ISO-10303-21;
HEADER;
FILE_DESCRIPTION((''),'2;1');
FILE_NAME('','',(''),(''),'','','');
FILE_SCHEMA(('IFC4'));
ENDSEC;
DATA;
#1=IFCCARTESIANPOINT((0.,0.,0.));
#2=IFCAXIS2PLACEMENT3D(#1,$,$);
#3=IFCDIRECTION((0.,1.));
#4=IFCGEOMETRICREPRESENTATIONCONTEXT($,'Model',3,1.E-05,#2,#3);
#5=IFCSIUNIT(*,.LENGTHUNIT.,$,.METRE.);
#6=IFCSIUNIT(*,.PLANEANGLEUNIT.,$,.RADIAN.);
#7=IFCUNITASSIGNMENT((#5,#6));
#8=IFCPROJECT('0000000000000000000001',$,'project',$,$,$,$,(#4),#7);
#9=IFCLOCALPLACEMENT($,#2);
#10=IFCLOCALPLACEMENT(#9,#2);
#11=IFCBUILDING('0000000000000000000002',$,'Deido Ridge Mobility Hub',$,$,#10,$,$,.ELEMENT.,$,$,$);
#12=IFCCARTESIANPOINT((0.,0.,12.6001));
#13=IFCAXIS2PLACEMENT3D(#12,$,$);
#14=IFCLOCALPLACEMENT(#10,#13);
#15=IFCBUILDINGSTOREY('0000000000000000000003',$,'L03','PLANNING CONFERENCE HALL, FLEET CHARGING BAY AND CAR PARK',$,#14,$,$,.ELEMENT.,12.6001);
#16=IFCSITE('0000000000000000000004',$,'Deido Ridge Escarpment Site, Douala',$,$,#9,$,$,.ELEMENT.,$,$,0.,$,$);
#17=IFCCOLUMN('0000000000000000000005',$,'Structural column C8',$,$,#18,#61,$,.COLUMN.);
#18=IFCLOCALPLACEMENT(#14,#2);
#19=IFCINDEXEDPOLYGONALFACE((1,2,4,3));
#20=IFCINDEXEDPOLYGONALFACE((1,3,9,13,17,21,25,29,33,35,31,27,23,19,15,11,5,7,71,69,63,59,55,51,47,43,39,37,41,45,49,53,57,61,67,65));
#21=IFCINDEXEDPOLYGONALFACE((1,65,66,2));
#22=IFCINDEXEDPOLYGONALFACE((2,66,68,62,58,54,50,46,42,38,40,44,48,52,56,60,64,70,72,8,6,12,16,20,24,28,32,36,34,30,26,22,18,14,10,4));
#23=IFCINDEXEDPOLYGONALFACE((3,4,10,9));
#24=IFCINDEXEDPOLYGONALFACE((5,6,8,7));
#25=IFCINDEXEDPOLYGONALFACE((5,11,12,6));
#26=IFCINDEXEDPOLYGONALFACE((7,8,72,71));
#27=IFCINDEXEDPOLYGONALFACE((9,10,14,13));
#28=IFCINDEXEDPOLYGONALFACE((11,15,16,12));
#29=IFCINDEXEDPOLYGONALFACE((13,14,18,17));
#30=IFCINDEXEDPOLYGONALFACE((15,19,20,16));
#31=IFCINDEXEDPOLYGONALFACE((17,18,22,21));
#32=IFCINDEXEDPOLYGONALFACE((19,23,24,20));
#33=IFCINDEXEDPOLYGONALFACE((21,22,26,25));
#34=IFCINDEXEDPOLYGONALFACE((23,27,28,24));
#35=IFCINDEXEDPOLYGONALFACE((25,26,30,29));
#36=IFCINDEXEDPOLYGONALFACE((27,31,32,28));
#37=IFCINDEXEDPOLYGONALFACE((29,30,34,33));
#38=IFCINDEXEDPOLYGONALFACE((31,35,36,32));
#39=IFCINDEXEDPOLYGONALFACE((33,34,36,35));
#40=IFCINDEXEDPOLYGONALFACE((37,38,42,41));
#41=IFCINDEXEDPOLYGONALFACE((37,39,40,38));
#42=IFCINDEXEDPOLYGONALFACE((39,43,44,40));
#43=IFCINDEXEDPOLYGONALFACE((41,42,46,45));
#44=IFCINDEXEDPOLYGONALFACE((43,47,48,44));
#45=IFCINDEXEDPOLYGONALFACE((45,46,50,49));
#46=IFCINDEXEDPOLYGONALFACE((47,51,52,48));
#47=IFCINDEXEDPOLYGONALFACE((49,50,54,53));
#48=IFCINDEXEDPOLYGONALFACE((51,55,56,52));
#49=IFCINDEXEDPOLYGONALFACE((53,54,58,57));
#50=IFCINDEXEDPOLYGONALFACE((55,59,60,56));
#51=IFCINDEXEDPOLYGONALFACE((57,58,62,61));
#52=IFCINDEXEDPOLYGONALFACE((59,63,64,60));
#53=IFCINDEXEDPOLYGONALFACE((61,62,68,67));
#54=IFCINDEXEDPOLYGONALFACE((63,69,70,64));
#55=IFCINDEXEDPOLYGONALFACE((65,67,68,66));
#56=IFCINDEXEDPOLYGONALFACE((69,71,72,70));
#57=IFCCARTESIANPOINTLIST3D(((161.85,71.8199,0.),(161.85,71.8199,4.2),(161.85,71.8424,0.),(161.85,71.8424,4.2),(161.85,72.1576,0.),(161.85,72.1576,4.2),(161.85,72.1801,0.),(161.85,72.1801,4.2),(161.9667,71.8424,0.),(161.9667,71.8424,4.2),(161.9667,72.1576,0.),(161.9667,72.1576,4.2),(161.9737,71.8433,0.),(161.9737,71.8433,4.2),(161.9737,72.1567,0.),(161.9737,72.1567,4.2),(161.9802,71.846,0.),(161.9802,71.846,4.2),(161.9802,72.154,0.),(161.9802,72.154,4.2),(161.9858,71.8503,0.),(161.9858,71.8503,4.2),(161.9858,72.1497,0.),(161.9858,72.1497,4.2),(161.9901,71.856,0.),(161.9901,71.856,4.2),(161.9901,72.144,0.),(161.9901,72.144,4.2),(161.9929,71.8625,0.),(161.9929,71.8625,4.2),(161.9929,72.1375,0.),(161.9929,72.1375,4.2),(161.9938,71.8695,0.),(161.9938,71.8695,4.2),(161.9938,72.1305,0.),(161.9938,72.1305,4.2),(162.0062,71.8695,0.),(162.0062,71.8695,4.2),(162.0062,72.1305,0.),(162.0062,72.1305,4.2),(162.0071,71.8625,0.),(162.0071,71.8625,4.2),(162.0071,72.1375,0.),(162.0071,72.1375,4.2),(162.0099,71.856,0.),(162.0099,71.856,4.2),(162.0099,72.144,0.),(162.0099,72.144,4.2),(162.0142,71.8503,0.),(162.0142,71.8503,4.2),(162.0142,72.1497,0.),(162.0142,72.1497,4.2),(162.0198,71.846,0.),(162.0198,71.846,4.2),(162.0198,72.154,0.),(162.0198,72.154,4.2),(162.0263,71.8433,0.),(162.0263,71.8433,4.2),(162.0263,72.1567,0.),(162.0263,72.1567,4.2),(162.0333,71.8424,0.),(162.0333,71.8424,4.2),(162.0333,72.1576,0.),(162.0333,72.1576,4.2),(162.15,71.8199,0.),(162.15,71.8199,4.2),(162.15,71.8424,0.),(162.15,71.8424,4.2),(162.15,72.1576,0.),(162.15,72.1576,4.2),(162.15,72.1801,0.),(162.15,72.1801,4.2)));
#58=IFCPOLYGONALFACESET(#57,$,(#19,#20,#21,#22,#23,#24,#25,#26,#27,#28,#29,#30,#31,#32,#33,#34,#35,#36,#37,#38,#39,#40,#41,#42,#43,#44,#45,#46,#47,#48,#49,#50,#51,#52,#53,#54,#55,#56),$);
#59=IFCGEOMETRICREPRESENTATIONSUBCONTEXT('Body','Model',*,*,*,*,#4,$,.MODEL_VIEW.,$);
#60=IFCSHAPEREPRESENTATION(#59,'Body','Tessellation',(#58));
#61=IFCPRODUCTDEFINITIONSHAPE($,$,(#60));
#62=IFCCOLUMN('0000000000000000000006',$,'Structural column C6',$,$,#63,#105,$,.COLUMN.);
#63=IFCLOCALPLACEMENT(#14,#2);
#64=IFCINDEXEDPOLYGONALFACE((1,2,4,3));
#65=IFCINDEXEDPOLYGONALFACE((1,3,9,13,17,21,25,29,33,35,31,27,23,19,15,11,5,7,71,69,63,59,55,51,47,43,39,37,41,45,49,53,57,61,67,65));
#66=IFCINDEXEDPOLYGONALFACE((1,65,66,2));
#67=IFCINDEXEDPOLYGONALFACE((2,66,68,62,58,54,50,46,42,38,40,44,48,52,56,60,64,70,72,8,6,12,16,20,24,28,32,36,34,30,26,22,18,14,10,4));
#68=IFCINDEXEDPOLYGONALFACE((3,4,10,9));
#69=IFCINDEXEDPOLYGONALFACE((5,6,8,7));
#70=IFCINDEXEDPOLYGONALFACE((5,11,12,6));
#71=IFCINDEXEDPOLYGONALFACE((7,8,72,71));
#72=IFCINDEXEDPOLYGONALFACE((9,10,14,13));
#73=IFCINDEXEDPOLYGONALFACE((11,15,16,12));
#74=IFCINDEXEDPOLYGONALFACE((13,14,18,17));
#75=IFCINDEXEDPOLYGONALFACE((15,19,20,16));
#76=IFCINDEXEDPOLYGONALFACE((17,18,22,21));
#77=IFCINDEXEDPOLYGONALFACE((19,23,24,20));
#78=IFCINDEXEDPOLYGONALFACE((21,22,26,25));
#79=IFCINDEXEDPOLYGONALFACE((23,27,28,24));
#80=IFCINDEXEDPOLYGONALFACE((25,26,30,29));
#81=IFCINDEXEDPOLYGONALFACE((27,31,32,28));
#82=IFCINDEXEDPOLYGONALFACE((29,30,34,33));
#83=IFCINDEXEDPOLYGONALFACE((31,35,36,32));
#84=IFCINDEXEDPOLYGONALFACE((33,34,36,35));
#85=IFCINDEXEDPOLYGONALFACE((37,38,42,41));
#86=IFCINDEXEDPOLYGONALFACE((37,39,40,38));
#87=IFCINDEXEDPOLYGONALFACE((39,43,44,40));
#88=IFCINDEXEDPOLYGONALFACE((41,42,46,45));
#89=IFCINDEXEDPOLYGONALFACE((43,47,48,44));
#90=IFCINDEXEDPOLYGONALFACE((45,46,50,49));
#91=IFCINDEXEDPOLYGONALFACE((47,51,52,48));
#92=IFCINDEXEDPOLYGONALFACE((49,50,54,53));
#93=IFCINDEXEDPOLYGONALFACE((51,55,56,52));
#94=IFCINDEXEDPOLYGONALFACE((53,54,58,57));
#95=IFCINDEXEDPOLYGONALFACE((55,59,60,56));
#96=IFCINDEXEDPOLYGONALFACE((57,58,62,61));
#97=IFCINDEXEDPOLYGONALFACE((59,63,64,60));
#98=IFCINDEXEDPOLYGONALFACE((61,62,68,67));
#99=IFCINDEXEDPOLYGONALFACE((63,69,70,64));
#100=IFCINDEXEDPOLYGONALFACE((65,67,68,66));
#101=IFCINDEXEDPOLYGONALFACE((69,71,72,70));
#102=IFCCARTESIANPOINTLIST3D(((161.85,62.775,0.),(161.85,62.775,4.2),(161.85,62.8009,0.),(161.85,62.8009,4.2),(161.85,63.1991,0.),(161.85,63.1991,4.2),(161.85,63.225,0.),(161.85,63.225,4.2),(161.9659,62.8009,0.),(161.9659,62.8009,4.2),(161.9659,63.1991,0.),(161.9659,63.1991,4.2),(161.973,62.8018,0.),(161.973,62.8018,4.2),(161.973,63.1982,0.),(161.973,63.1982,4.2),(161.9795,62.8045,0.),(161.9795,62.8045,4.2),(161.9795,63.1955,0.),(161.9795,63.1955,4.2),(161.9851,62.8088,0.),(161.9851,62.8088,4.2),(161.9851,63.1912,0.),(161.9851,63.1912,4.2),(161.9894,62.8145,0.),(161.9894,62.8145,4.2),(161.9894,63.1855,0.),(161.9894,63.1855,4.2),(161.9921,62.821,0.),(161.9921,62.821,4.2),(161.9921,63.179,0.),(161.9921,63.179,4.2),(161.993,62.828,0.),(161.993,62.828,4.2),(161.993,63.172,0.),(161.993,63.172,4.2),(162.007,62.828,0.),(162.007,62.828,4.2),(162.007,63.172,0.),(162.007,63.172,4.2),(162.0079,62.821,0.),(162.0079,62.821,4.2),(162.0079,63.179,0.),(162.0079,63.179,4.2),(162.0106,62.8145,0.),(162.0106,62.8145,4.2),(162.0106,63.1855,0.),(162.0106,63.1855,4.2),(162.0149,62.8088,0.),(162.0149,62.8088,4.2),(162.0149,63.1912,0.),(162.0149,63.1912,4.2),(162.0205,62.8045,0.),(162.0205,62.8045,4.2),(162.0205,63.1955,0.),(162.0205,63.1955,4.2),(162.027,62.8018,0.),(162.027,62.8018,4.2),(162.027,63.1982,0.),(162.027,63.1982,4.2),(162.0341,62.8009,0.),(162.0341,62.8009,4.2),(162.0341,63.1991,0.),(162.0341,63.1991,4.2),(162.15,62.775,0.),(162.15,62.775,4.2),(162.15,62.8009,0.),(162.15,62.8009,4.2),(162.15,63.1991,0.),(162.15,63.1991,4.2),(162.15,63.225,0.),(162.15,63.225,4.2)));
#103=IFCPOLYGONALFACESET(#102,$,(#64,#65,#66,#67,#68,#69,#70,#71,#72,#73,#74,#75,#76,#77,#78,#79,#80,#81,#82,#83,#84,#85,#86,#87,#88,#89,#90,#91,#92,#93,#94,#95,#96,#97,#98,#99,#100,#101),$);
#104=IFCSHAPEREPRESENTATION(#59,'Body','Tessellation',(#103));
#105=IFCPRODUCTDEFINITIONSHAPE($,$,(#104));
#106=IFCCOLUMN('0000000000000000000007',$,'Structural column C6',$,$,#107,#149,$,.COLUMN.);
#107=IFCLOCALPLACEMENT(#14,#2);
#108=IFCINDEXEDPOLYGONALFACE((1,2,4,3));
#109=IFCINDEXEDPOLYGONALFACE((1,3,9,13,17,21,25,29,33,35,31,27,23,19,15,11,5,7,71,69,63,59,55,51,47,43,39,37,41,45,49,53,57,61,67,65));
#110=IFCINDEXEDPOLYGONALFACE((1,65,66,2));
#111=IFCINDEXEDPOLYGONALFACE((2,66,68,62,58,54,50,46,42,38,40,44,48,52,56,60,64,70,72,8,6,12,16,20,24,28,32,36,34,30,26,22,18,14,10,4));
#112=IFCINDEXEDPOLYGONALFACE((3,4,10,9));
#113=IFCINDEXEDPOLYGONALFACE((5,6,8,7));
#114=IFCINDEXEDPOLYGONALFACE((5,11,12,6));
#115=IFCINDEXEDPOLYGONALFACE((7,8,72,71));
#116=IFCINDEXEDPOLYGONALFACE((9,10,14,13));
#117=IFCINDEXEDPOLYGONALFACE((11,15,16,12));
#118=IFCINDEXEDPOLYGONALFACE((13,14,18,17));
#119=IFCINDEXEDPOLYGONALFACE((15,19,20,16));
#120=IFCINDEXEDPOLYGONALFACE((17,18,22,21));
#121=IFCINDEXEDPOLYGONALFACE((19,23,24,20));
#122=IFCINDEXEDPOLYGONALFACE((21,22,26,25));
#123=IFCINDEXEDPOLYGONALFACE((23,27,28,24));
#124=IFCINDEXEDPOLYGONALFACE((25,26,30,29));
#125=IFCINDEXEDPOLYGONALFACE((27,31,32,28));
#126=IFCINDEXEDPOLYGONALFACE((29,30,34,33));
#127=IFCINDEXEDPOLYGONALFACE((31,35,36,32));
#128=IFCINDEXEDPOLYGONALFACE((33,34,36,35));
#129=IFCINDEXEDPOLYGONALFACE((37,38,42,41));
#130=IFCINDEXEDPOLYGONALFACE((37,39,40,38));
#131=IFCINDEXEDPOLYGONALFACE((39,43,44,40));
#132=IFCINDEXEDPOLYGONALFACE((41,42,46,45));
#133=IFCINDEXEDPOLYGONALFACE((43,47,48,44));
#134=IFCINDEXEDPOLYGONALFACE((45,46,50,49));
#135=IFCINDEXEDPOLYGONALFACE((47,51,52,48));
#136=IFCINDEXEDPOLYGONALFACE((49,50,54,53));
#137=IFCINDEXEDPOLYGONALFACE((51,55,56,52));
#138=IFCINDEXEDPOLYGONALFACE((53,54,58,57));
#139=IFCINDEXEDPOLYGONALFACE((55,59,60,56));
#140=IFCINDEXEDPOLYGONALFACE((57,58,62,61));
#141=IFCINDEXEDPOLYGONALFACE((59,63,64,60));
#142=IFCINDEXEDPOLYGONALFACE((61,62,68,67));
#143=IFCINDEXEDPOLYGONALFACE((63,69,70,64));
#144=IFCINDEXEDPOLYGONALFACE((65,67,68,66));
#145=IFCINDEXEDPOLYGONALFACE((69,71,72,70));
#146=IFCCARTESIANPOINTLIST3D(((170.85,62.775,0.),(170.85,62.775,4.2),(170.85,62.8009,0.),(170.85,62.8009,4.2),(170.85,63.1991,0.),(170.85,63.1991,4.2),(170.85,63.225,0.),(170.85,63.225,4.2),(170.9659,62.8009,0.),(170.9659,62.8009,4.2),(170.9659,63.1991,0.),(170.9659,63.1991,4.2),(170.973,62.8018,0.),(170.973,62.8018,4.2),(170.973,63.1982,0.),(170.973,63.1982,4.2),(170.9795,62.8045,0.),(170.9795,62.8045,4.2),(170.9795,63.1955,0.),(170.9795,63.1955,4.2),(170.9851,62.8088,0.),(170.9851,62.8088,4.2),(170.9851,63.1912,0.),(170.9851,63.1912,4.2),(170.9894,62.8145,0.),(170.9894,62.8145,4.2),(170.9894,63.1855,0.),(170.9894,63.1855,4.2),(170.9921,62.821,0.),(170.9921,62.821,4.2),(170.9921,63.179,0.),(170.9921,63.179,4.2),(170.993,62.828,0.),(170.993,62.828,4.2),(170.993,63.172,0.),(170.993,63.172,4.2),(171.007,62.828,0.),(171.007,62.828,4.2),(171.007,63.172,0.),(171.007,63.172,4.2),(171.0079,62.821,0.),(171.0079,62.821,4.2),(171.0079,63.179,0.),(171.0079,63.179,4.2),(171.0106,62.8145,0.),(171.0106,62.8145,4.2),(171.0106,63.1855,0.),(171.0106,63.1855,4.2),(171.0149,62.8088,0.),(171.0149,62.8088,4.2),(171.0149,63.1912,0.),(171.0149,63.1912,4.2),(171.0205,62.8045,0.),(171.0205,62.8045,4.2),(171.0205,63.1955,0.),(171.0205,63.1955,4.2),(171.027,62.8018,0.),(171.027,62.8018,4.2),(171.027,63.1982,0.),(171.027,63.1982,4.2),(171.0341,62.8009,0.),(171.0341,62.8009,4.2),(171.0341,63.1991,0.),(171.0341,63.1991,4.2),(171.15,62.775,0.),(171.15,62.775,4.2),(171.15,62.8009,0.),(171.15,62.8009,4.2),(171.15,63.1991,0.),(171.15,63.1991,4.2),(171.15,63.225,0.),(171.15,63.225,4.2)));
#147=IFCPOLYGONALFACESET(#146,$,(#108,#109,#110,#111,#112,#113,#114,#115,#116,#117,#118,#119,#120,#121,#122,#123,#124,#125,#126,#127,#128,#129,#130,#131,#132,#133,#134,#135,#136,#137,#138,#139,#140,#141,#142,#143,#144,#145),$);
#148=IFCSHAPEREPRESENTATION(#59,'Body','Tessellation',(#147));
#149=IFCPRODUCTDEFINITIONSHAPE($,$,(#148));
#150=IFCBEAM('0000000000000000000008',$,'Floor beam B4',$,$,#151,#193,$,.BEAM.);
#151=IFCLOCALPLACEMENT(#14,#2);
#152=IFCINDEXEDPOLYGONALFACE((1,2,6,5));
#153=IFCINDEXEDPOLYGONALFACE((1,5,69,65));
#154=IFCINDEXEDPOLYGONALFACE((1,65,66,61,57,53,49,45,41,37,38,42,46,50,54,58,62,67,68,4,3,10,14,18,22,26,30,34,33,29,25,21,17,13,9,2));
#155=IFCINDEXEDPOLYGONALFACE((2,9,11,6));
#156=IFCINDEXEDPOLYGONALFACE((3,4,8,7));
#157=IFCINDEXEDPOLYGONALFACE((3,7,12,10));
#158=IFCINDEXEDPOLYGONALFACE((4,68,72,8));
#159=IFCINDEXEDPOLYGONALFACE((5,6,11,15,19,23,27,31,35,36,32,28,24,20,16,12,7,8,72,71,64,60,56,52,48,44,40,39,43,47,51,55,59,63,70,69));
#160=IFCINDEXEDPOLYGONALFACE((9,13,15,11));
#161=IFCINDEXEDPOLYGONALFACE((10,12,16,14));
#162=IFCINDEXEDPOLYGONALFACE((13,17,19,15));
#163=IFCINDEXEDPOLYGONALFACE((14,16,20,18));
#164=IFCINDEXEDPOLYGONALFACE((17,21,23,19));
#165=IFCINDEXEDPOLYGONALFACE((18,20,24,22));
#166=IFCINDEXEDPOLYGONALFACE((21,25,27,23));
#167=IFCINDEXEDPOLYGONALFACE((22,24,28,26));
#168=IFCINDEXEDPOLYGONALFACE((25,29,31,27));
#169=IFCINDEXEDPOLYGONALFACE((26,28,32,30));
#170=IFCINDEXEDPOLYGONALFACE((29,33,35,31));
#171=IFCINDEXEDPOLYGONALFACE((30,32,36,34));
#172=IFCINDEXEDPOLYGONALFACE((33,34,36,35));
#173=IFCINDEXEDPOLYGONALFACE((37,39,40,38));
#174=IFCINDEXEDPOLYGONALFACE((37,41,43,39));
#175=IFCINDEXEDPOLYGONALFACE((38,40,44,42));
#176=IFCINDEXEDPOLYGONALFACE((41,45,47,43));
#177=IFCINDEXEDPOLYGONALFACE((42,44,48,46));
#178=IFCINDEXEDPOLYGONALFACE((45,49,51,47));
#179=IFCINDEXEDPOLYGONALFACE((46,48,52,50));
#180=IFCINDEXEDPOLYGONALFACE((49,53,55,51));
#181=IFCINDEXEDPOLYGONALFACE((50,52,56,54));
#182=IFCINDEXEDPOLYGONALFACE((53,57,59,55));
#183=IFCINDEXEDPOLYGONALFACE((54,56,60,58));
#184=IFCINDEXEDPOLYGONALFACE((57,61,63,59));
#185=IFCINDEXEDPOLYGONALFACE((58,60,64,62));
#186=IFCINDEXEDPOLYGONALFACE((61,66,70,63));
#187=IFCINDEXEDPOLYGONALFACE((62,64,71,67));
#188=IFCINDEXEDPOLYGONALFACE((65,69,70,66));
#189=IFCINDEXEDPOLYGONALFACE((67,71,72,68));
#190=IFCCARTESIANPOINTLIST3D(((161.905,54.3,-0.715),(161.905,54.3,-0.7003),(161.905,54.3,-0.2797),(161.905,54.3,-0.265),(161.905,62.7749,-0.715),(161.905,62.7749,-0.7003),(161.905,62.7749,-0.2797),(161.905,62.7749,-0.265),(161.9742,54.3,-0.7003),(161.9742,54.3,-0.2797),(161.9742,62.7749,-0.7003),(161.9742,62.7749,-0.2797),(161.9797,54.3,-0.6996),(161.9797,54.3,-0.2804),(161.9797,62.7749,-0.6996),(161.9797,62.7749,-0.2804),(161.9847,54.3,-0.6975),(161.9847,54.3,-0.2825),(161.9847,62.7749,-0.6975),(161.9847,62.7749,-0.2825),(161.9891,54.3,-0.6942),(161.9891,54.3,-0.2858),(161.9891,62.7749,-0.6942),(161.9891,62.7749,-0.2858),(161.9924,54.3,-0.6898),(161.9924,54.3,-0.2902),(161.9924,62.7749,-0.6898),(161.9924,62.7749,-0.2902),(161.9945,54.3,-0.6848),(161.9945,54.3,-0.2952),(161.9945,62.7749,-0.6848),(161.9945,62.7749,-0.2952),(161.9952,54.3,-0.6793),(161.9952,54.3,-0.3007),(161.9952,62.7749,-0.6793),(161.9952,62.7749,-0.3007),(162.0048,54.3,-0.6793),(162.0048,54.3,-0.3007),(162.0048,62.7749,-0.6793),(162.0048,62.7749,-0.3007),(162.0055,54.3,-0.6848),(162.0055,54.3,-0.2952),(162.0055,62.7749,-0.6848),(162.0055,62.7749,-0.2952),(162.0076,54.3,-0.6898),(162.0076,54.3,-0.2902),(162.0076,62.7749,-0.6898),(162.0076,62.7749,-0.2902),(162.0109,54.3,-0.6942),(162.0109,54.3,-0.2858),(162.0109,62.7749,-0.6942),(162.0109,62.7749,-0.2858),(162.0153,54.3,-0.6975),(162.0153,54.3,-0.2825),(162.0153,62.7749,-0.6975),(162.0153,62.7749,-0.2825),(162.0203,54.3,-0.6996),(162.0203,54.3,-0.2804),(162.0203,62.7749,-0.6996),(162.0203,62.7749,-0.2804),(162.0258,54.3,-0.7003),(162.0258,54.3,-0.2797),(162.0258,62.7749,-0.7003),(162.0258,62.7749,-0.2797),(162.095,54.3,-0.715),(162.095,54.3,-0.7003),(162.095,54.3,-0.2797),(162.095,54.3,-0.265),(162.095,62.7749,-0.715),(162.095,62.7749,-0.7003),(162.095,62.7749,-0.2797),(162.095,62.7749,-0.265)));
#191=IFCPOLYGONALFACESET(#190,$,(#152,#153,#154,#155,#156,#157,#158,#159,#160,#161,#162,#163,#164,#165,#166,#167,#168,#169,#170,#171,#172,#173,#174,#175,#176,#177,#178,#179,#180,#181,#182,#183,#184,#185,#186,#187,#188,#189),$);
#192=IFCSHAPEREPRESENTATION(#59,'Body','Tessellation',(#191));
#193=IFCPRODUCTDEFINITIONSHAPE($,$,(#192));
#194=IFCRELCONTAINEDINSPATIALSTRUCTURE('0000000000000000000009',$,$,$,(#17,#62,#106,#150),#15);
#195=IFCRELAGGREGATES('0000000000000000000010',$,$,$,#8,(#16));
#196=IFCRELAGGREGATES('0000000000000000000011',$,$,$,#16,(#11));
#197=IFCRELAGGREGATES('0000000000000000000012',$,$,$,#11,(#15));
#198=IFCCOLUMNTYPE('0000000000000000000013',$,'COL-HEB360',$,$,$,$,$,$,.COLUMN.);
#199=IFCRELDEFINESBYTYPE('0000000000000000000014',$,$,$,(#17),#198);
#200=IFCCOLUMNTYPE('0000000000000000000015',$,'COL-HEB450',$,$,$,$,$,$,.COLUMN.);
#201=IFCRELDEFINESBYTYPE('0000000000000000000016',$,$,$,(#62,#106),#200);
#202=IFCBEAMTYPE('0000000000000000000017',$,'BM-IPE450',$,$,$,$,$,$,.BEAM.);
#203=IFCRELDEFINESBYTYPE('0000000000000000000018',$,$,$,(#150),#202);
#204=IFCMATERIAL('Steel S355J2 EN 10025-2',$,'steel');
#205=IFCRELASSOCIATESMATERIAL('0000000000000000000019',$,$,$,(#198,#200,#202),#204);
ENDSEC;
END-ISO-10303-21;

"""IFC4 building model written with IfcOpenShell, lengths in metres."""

from ifc_helpers import new_model, si_unit, direction, frame, origin, origin_2d, place, context, subcontext, project, spatial, i_section, extrude, material, material_profile, profile_set, type_object, element, save


model = new_model("IFC4")

# Units and contexts
model_context = context("Model", 3, precision=1e-05, world=origin(), true_north=direction((0.0, 1.0)))
body_context = subcontext(model_context, "Body", "Model", "MODEL_VIEW")
ifc_project = project(units=[si_unit("LENGTHUNIT", "METRE"), si_unit("PLANEANGLEUNIT", "RADIAN")], contexts=[model_context])

# Site, building, storey
site_placement = place(None, origin())
site = spatial("IfcSite", under=ifc_project, at=site_placement, Name="Deido Ridge Escarpment Site, Douala", CompositionType="ELEMENT", RefElevation=0.0)
building_placement = place(site_placement, origin())
building = spatial("IfcBuilding", under=site, at=building_placement, Name="Deido Ridge Mobility Hub", CompositionType="ELEMENT")
storey_placement = place(building_placement, frame((0.0, 0.0, 12.6001)))
storey = spatial("IfcBuildingStorey", under=building, at=storey_placement, Name="L03", Description="PLANNING CONFERENCE HALL, FLEET CHARGING BAY AND CAR PARK", CompositionType="ELEMENT", Elevation=12.6001)

# Columns
ifc_material_1 = material(Name="Steel S355J2 EN 10025-2", Category="steel")
ifc_material_profile_1 = material_profile(ifc_material_1, i_section(OverallWidth=0.3, OverallDepth=0.3601, WebThickness=0.0125, FlangeThickness=0.0225, FilletRadius=0.0271, at=origin_2d()), Name="HEB 360")
ifc_profile_set_1 = profile_set([ifc_material_profile_1], Name="Steel S355J2 EN 10025-2")
column_type_1 = type_object("IfcColumnType", Name="COL-HEB360", PredefinedType="COLUMN", material=ifc_profile_set_1)
column_placement = place(storey_placement, frame((162.0, 72.0, 0.0), z_axis=(0.0, 0.0, 1.0), x_axis=(1.0, 0.0, 0.0)))
element("IfcColumn", 1, at=column_placement, inside=storey, type_object=column_type_1, Name="Structural column C8", PredefinedType="COLUMN", context=body_context, shape_type="SweptSolid", body=[
    extrude(i_section(OverallWidth=0.3, OverallDepth=0.3601, WebThickness=0.0125, FlangeThickness=0.0225, FilletRadius=0.0271, at=origin_2d()), origin(), (0.0, 0.0, 1.0), 4.2),
])
ifc_material_profile_2 = material_profile(ifc_material_1, i_section(OverallWidth=0.3, OverallDepth=0.45, WebThickness=0.0139, FlangeThickness=0.0259, FilletRadius=0.0271, at=origin_2d()), Name="HEB 450")
ifc_profile_set_2 = profile_set([ifc_material_profile_2], Name="Steel S355J2 EN 10025-2")
column_type_2 = type_object("IfcColumnType", Name="COL-HEB450", PredefinedType="COLUMN", material=ifc_profile_set_2)
for number, where, z_axis, x_axis, name in (
    (2, (162.0, 63.0, 0.0), (0.0, 0.0, 1.0), (1.0, 0.0, 0.0), "Structural column C6"),
    (3, (171.0, 63.0, 0.0), (0.0, 0.0, 1.0), (1.0, 0.0, 0.0), "Structural column C6"),
):
    element("IfcColumn", number, at=place(storey_placement, frame(where, z_axis=z_axis, x_axis=x_axis)), inside=storey, type_object=column_type_2, Name=name, PredefinedType="COLUMN", context=body_context, shape_type="SweptSolid", body=[
        extrude(i_section(OverallWidth=0.3, OverallDepth=0.45, WebThickness=0.0139, FlangeThickness=0.0259, FilletRadius=0.0271, at=origin_2d()), origin(), (0.0, 0.0, 1.0), 4.2),
    ])

# Beam
ifc_material_profile_3 = material_profile(ifc_material_1, i_section(OverallWidth=0.1899, OverallDepth=0.45, WebThickness=0.0095, FlangeThickness=0.0146, FilletRadius=0.021, at=origin_2d()), Name="IPE 450")
ifc_profile_set_3 = profile_set([ifc_material_profile_3], Name="Steel S355J2 EN 10025-2")
beam_type_1 = type_object("IfcBeamType", Name="BM-IPE450", PredefinedType="BEAM", material=ifc_profile_set_3)
beam_1_placement = place(storey_placement, frame((162.0, 54.3, -0.49), z_axis=(0.0, 1.0, 0.0), x_axis=(-1.0, 0.0, 0.0)))
element("IfcBeam", 4, at=beam_1_placement, inside=storey, type_object=beam_type_1, Name="Floor beam B4", PredefinedType="BEAM", context=body_context, shape_type="SweptSolid", body=[
    extrude(i_section(OverallWidth=0.1899, OverallDepth=0.45, WebThickness=0.0095, FlangeThickness=0.0146, FilletRadius=0.021, at=origin_2d()), origin(), (0.0, 0.0, 1.0), 8.4749),
])

save(model, "model.ifc")
